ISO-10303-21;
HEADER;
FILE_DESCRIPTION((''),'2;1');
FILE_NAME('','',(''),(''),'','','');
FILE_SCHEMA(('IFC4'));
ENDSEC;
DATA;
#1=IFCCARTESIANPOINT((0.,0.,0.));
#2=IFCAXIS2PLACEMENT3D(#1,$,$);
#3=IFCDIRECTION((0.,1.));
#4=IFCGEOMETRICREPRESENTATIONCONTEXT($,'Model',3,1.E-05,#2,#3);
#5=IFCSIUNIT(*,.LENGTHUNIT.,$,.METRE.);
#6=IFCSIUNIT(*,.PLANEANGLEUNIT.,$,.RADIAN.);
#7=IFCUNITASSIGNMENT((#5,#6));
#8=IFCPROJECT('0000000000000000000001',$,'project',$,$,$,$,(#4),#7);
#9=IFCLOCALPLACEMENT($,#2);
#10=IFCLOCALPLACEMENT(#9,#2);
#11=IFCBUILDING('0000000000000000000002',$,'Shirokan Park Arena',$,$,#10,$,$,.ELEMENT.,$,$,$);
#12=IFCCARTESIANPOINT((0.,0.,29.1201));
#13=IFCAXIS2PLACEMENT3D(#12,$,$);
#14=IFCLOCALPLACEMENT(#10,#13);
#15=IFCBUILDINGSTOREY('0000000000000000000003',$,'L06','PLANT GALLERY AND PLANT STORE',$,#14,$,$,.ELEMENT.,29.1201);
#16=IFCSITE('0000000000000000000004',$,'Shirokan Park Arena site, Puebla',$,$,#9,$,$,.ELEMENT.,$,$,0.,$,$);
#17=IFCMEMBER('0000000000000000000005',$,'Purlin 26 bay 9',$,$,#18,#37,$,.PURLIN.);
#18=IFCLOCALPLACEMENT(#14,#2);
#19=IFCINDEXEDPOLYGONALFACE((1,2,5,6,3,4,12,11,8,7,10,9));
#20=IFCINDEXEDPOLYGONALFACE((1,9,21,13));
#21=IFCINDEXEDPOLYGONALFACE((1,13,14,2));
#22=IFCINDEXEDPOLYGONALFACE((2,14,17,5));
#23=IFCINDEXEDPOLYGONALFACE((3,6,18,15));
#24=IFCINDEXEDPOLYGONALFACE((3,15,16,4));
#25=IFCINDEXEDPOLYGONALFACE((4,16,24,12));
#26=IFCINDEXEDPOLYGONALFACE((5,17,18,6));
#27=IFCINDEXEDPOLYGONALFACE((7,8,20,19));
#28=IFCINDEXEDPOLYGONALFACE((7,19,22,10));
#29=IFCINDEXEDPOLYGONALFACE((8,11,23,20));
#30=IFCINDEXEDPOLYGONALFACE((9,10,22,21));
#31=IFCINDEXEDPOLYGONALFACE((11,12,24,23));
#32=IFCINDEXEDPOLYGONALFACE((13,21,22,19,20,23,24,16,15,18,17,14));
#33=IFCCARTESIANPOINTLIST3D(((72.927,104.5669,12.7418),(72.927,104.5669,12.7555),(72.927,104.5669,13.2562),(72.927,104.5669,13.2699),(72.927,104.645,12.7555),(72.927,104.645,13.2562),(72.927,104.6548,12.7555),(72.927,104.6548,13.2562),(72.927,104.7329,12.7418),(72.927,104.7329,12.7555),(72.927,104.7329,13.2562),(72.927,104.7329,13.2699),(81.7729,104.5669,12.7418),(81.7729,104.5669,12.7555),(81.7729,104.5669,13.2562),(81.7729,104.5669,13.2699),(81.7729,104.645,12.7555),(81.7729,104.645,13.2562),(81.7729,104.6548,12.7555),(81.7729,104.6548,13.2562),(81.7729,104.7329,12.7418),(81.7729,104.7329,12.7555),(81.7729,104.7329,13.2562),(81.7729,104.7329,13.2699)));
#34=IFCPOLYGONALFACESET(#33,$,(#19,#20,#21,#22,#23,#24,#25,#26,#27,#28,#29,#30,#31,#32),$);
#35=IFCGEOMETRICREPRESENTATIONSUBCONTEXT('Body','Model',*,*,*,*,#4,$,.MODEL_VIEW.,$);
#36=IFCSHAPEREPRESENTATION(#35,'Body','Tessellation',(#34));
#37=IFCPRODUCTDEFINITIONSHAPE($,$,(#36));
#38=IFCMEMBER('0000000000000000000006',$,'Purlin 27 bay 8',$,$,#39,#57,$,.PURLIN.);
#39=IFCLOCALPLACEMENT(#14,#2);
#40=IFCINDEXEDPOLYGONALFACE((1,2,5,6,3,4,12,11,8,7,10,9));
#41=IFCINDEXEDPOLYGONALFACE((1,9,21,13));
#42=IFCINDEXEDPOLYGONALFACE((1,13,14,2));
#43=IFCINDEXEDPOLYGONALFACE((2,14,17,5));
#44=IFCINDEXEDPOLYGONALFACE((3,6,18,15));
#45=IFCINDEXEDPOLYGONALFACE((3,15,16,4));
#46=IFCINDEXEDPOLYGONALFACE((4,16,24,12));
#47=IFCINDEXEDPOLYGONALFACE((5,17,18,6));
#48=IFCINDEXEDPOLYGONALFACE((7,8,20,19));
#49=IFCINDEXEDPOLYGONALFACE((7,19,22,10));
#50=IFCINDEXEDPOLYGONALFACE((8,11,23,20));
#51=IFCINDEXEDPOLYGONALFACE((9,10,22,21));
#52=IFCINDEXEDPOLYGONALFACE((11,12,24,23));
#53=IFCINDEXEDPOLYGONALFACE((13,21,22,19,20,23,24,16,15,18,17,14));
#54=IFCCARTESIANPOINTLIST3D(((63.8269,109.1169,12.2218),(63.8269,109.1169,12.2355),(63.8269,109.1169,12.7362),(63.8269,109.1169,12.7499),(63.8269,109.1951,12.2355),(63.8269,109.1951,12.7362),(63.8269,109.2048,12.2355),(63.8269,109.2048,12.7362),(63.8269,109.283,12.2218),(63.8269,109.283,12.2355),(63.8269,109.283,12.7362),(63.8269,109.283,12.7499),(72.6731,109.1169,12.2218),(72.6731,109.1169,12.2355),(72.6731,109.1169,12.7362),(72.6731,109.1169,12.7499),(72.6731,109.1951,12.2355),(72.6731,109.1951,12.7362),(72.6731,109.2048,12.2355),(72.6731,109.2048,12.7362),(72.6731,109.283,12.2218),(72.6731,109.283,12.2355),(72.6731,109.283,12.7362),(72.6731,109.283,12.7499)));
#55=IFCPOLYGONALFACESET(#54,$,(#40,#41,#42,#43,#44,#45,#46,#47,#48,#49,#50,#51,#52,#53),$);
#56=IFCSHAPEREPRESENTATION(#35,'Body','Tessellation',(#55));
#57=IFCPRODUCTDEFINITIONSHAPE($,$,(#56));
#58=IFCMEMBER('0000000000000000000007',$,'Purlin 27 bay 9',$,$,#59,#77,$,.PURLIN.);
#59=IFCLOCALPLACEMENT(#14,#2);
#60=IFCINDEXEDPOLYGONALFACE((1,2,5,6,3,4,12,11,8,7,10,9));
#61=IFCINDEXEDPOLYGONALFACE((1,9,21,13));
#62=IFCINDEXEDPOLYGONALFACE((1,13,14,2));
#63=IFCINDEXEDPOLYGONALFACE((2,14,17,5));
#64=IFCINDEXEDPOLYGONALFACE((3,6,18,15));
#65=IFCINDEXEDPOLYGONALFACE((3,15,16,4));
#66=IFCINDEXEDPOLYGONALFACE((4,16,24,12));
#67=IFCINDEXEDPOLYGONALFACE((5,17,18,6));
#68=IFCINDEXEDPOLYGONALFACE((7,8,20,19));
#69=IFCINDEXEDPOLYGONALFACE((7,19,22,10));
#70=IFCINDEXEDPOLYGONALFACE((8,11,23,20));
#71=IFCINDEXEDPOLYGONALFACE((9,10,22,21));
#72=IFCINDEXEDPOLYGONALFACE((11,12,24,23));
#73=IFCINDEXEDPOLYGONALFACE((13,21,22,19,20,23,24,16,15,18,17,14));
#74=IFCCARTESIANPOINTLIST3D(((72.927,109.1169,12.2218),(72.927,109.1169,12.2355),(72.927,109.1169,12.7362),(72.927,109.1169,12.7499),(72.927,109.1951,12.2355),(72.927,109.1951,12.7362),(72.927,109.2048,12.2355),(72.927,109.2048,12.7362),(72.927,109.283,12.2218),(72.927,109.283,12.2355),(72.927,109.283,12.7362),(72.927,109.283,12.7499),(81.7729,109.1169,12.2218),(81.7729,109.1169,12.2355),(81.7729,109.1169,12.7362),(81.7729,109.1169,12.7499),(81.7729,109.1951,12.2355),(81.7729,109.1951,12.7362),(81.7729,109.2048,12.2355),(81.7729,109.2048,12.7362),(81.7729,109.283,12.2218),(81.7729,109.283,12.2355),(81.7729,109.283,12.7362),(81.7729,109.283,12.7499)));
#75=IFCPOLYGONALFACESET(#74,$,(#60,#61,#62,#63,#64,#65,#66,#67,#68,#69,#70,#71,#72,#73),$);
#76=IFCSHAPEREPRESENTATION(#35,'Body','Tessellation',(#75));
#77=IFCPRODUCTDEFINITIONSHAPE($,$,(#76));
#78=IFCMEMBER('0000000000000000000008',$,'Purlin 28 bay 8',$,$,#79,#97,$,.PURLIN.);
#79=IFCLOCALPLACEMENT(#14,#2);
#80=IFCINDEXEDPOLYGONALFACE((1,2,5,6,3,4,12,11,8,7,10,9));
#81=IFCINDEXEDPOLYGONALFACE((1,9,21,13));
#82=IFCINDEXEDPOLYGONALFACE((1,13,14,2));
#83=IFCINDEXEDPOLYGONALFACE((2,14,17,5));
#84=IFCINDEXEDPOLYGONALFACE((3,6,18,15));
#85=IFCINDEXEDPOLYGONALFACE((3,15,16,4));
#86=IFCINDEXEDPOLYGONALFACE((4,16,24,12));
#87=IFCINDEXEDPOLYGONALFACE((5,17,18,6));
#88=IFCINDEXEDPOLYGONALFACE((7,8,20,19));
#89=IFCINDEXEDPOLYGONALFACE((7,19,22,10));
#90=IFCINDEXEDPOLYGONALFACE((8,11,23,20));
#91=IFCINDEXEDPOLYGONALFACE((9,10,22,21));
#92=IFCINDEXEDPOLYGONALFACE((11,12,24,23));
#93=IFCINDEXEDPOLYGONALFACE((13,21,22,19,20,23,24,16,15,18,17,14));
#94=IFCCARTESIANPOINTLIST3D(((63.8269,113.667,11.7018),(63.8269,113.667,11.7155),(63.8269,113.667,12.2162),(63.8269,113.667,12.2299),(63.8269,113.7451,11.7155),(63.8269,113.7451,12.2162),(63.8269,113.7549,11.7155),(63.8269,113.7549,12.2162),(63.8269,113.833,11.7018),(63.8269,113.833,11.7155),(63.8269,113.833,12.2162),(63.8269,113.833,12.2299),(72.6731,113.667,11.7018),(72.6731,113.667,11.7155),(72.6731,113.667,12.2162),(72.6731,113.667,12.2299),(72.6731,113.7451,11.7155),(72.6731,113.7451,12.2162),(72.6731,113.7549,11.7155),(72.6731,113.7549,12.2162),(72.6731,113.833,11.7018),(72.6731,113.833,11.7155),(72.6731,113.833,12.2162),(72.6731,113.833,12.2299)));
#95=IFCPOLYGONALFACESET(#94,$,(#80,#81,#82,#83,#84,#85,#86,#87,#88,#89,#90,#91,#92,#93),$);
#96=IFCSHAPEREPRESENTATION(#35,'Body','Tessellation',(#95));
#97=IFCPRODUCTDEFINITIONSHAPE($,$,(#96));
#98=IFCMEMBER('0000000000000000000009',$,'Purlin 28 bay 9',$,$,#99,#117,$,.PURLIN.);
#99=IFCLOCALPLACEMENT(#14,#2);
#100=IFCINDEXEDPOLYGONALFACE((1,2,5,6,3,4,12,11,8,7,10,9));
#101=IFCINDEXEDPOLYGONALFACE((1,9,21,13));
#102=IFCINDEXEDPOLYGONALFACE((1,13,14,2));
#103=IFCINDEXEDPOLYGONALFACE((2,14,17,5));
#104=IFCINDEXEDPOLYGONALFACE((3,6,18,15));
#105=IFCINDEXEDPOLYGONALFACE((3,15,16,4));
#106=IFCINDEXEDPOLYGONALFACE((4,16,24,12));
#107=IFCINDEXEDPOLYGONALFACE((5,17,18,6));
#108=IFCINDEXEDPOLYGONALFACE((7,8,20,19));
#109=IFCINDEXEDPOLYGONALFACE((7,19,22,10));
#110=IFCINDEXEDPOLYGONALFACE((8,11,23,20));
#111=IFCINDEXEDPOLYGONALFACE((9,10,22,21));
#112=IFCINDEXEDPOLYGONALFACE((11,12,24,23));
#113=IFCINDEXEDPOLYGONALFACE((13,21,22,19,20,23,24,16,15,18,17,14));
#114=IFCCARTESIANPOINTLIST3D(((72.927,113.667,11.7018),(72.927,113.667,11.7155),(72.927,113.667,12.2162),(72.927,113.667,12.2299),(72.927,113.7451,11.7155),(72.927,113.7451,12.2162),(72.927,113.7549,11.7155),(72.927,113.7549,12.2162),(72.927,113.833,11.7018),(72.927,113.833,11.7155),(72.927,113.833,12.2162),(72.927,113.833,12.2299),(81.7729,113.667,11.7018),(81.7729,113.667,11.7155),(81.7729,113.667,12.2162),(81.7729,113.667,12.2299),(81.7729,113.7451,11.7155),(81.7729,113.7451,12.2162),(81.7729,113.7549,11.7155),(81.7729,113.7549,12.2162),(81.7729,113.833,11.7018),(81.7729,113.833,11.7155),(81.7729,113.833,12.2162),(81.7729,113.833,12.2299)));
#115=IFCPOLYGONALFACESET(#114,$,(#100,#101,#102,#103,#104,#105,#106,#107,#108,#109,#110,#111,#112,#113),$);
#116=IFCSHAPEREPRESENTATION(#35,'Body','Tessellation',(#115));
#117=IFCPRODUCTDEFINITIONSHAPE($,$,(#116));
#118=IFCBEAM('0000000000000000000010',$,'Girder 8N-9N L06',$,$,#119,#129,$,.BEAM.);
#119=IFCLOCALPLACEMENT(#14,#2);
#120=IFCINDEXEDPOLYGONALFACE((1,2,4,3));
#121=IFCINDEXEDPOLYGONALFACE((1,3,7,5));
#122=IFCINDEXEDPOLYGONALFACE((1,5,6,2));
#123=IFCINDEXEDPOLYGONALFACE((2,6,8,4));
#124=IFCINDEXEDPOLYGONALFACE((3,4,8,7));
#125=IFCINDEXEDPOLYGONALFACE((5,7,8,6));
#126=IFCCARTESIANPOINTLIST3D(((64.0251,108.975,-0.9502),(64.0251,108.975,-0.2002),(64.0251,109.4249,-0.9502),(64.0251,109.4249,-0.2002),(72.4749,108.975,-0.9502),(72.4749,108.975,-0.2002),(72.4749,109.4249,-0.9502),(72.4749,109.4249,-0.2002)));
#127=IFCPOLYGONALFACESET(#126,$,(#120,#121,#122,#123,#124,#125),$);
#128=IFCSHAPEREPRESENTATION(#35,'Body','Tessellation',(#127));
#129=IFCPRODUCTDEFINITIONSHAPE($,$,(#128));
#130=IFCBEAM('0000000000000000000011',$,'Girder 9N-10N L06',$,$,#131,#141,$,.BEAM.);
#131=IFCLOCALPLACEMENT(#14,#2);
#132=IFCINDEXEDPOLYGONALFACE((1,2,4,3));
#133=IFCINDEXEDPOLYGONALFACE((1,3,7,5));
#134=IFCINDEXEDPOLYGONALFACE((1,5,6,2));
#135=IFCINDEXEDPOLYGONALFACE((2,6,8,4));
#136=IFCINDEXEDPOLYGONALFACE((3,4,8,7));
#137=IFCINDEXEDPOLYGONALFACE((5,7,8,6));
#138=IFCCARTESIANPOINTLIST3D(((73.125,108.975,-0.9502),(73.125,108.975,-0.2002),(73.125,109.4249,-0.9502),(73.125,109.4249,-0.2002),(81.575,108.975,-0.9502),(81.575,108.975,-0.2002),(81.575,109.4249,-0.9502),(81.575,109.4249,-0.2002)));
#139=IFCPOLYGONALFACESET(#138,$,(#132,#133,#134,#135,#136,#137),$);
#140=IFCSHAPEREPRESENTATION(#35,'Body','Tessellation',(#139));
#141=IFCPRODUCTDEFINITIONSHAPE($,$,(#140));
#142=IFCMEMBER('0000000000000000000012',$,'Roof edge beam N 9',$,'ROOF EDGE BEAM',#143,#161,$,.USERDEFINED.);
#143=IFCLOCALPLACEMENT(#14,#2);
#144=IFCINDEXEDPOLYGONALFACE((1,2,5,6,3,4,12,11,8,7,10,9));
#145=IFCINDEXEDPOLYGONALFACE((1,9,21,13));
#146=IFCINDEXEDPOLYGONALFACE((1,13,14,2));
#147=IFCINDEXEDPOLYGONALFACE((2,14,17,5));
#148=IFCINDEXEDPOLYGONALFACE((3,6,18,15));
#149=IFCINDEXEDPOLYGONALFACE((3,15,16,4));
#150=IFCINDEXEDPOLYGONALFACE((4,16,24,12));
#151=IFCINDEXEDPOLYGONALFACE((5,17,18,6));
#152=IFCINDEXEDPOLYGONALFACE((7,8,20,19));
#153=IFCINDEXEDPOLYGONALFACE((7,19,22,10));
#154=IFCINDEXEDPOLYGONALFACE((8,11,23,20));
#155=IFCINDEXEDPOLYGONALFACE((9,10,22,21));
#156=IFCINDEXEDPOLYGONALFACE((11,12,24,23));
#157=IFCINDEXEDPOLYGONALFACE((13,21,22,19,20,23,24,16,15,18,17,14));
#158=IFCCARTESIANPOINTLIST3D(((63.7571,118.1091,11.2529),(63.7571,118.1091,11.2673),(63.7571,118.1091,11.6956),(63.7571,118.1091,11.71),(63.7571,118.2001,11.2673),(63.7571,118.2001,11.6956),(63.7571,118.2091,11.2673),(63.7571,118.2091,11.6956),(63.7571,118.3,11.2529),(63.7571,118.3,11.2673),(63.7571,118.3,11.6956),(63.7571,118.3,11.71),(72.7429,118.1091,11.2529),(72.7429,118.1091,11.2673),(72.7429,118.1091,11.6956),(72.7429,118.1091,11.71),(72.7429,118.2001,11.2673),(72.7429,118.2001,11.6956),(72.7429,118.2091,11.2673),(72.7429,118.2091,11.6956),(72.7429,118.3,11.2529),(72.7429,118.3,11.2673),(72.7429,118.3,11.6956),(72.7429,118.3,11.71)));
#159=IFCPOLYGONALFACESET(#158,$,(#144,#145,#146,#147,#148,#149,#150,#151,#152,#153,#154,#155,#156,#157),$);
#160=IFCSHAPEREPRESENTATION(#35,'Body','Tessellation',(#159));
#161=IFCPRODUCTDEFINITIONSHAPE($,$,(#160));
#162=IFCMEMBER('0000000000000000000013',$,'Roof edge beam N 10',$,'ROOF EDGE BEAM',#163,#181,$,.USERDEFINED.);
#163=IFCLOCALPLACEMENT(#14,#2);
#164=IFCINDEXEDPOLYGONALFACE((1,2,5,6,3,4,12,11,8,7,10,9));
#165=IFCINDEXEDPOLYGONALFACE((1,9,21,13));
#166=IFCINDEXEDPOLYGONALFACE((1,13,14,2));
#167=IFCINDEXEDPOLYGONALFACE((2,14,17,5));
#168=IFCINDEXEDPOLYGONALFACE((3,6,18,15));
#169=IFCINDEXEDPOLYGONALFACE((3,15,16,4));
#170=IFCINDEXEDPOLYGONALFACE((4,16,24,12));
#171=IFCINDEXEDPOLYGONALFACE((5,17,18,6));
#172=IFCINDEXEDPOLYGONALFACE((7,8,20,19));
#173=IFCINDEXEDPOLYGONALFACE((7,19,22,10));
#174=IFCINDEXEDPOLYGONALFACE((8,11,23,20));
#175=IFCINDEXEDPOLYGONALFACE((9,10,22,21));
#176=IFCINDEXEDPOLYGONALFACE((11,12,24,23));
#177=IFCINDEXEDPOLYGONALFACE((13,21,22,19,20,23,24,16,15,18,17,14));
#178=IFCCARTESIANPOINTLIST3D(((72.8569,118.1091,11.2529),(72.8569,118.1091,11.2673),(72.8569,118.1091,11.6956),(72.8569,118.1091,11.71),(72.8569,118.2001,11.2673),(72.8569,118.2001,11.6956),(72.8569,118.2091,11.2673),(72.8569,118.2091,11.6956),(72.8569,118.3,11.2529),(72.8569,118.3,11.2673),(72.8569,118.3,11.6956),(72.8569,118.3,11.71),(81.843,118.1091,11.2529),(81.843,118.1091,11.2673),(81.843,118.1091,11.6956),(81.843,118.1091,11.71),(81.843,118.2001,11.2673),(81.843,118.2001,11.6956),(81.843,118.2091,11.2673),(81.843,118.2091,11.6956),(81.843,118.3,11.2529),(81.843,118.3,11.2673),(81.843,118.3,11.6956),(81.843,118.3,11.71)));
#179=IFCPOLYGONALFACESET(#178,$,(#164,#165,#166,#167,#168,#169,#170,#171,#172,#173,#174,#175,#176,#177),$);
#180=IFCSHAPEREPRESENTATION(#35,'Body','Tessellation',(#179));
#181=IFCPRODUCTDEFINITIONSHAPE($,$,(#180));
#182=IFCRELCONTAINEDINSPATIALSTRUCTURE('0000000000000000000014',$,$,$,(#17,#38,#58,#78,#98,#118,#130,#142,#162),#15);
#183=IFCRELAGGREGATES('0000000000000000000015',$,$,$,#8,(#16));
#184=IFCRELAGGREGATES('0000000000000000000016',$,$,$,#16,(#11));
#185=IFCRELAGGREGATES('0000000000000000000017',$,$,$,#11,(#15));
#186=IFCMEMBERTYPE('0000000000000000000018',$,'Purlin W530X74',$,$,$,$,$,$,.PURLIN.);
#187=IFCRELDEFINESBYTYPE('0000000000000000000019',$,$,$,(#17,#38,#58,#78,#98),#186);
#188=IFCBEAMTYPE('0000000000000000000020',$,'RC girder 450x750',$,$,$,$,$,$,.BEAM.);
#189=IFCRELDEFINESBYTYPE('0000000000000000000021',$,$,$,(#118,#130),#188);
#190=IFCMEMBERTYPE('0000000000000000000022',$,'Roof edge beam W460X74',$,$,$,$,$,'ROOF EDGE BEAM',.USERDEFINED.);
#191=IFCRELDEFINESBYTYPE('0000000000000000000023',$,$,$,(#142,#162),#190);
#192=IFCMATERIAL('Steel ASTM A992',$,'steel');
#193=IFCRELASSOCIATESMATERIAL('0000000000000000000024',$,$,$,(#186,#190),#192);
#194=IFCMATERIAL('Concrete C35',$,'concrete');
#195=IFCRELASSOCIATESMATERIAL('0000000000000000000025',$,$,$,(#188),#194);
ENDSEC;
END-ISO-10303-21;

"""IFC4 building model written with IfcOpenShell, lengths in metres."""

from ifc_helpers import new_model, si_unit, direction, frame, origin, origin_2d, place, context, subcontext, project, spatial, rectangle, i_section, extrude, material, material_profile, profile_set, type_object, element, save


model = new_model("IFC4")

# Units and contexts
model_context = context("Model", 3, precision=1e-05, world=origin(), true_north=direction((0.0, 1.0)))
body_context = subcontext(model_context, "Body", "Model", "MODEL_VIEW")
ifc_project = project(units=[si_unit("LENGTHUNIT", "METRE"), si_unit("PLANEANGLEUNIT", "RADIAN")], contexts=[model_context])

# Site, building, storey
site_placement = place(None, origin())
site = spatial("IfcSite", under=ifc_project, at=site_placement, Name="Shirokan Park Arena site, Puebla", CompositionType="ELEMENT", RefElevation=0.0)
building_placement = place(site_placement, origin())
building = spatial("IfcBuilding", under=site, at=building_placement, Name="Shirokan Park Arena", CompositionType="ELEMENT")
storey_placement = place(building_placement, frame((0.0, 0.0, 29.1201)))
storey = spatial("IfcBuildingStorey", under=building, at=storey_placement, Name="L06", Description="PLANT GALLERY AND PLANT STORE", CompositionType="ELEMENT", Elevation=29.1201)

# Shared definitions
ifc_material_1 = material(Name="Concrete C35", Category="concrete")

# Members
ifc_material_2 = material(Name="Steel ASTM A992", Category="steel")
ifc_material_profile_1 = material_profile(ifc_material_2, i_section(OverallWidth=0.166, OverallDepth=0.5281, WebThickness=0.0098, FlangeThickness=0.0137, at=origin_2d()), Name="W530X74")
ifc_profile_set_1 = profile_set([ifc_material_profile_1], Name="Steel ASTM A992")
member_type_1 = type_object("IfcMemberType", Name="Purlin W530X74", PredefinedType="PURLIN", material=ifc_profile_set_1)
member_1_placement = place(storey_placement, frame((72.927, 104.6499, 13.0059), z_axis=(1.0, 0.0, 0.0), x_axis=(0.0, 1.0, 0.0)))
element("IfcMember", 1, at=member_1_placement, inside=storey, type_object=member_type_1, Name="Purlin 26 bay 9", PredefinedType="PURLIN", context=body_context, shape_type="SweptSolid", body=[
    extrude(i_section(OverallWidth=0.166, OverallDepth=0.5281, WebThickness=0.0098, FlangeThickness=0.0137, at=origin_2d()), origin(), (0.0, 0.0, 1.0), 8.8459),
])
member_2_placement = place(storey_placement, frame((63.8269, 109.2, 12.4858), z_axis=(1.0, 0.0, 0.0), x_axis=(0.0, 1.0, 0.0)))
element("IfcMember", 2, at=member_2_placement, inside=storey, type_object=member_type_1, Name="Purlin 27 bay 8", PredefinedType="PURLIN", context=body_context, shape_type="SweptSolid", body=[
    extrude(i_section(OverallWidth=0.166, OverallDepth=0.5281, WebThickness=0.0098, FlangeThickness=0.0137, at=origin_2d()), origin(), (0.0, 0.0, 1.0), 8.8462),
])
member_3_placement = place(storey_placement, frame((72.927, 109.2, 12.4858), z_axis=(1.0, 0.0, 0.0), x_axis=(0.0, 1.0, 0.0)))
element("IfcMember", 3, at=member_3_placement, inside=storey, type_object=member_type_1, Name="Purlin 27 bay 9", PredefinedType="PURLIN", context=body_context, shape_type="SweptSolid", body=[
    extrude(i_section(OverallWidth=0.166, OverallDepth=0.5281, WebThickness=0.0098, FlangeThickness=0.0137, at=origin_2d()), origin(), (0.0, 0.0, 1.0), 8.8459),
])
member_4_placement = place(storey_placement, frame((63.8269, 113.75, 11.9658), z_axis=(1.0, 0.0, 0.0), x_axis=(0.0, 1.0, 0.0)))
element("IfcMember", 4, at=member_4_placement, inside=storey, type_object=member_type_1, Name="Purlin 28 bay 8", PredefinedType="PURLIN", context=body_context, shape_type="SweptSolid", body=[
    extrude(i_section(OverallWidth=0.166, OverallDepth=0.5281, WebThickness=0.0098, FlangeThickness=0.0137, at=origin_2d()), origin(), (0.0, 0.0, 1.0), 8.8462),
])
member_5_placement = place(storey_placement, frame((72.927, 113.75, 11.9658), z_axis=(1.0, 0.0, 0.0), x_axis=(0.0, 1.0, 0.0)))
element("IfcMember", 5, at=member_5_placement, inside=storey, type_object=member_type_1, Name="Purlin 28 bay 9", PredefinedType="PURLIN", context=body_context, shape_type="SweptSolid", body=[
    extrude(i_section(OverallWidth=0.166, OverallDepth=0.5281, WebThickness=0.0098, FlangeThickness=0.0137, at=origin_2d()), origin(), (0.0, 0.0, 1.0), 8.8459),
])

# Beams
ifc_material_profile_2 = material_profile(ifc_material_1, rectangle(XDim=0.45, YDim=0.75, at=origin_2d()), Name="450x750")
ifc_profile_set_2 = profile_set([ifc_material_profile_2], Name="Concrete C35")
beam_type = type_object("IfcBeamType", Name="RC girder 450x750", PredefinedType="BEAM", material=ifc_profile_set_2)
beam_1_placement = place(storey_placement, frame((64.0251, 109.2, -0.5752), z_axis=(1.0, 0.0, 0.0), x_axis=(0.0, 1.0, 0.0)))
element("IfcBeam", 6, at=beam_1_placement, inside=storey, type_object=beam_type, Name="Girder 8N-9N L06", PredefinedType="BEAM", context=body_context, shape_type="SweptSolid", body=[
    extrude(rectangle(XDim=0.45, YDim=0.75, at=origin_2d()), origin(), (0.0, 0.0, 1.0), 8.4497),
])
beam_2_placement = place(storey_placement, frame((73.125, 109.2, -0.5752), z_axis=(1.0, 0.0, 0.0), x_axis=(0.0, 1.0, 0.0)))
element("IfcBeam", 7, at=beam_2_placement, inside=storey, type_object=beam_type, Name="Girder 9N-10N L06", PredefinedType="BEAM", context=body_context, shape_type="SweptSolid", body=[
    extrude(rectangle(XDim=0.45, YDim=0.75, at=origin_2d()), origin(), (0.0, 0.0, 1.0), 8.45),
])

# Members
ifc_material_profile_3 = material_profile(ifc_material_2, i_section(OverallWidth=0.1909, OverallDepth=0.457, WebThickness=0.009, FlangeThickness=0.0144, at=origin_2d()), Name="W460X74")
ifc_profile_set_3 = profile_set([ifc_material_profile_3], Name="Steel ASTM A992")
member_type_2 = type_object("IfcMemberType", Name="Roof edge beam W460X74", ElementType="ROOF EDGE BEAM", PredefinedType="USERDEFINED", material=ifc_profile_set_3)
member_6_placement = place(storey_placement, frame((63.7571, 118.2046, 11.4814), z_axis=(1.0, 0.0, 0.0), x_axis=(0.0, 1.0, 0.0)))
element("IfcMember", 8, at=member_6_placement, inside=storey, type_object=member_type_2, Name="Roof edge beam N 9", ObjectType="ROOF EDGE BEAM", PredefinedType="USERDEFINED", context=body_context, shape_type="SweptSolid", body=[
    extrude(i_section(OverallWidth=0.1909, OverallDepth=0.457, WebThickness=0.009, FlangeThickness=0.0144, at=origin_2d()), origin(), (0.0, 0.0, 1.0), 8.9858),
])
member_7_placement = place(storey_placement, frame((72.8569, 118.2046, 11.4814), z_axis=(1.0, 0.0, 0.0), x_axis=(0.0, 1.0, 0.0)))
element("IfcMember", 9, at=member_7_placement, inside=storey, type_object=member_type_2, Name="Roof edge beam N 10", ObjectType="ROOF EDGE BEAM", PredefinedType="USERDEFINED", context=body_context, shape_type="SweptSolid", body=[
    extrude(i_section(OverallWidth=0.1909, OverallDepth=0.457, WebThickness=0.009, FlangeThickness=0.0144, at=origin_2d()), origin(), (0.0, 0.0, 1.0), 8.9861),
])

save(model, "model.ifc")
